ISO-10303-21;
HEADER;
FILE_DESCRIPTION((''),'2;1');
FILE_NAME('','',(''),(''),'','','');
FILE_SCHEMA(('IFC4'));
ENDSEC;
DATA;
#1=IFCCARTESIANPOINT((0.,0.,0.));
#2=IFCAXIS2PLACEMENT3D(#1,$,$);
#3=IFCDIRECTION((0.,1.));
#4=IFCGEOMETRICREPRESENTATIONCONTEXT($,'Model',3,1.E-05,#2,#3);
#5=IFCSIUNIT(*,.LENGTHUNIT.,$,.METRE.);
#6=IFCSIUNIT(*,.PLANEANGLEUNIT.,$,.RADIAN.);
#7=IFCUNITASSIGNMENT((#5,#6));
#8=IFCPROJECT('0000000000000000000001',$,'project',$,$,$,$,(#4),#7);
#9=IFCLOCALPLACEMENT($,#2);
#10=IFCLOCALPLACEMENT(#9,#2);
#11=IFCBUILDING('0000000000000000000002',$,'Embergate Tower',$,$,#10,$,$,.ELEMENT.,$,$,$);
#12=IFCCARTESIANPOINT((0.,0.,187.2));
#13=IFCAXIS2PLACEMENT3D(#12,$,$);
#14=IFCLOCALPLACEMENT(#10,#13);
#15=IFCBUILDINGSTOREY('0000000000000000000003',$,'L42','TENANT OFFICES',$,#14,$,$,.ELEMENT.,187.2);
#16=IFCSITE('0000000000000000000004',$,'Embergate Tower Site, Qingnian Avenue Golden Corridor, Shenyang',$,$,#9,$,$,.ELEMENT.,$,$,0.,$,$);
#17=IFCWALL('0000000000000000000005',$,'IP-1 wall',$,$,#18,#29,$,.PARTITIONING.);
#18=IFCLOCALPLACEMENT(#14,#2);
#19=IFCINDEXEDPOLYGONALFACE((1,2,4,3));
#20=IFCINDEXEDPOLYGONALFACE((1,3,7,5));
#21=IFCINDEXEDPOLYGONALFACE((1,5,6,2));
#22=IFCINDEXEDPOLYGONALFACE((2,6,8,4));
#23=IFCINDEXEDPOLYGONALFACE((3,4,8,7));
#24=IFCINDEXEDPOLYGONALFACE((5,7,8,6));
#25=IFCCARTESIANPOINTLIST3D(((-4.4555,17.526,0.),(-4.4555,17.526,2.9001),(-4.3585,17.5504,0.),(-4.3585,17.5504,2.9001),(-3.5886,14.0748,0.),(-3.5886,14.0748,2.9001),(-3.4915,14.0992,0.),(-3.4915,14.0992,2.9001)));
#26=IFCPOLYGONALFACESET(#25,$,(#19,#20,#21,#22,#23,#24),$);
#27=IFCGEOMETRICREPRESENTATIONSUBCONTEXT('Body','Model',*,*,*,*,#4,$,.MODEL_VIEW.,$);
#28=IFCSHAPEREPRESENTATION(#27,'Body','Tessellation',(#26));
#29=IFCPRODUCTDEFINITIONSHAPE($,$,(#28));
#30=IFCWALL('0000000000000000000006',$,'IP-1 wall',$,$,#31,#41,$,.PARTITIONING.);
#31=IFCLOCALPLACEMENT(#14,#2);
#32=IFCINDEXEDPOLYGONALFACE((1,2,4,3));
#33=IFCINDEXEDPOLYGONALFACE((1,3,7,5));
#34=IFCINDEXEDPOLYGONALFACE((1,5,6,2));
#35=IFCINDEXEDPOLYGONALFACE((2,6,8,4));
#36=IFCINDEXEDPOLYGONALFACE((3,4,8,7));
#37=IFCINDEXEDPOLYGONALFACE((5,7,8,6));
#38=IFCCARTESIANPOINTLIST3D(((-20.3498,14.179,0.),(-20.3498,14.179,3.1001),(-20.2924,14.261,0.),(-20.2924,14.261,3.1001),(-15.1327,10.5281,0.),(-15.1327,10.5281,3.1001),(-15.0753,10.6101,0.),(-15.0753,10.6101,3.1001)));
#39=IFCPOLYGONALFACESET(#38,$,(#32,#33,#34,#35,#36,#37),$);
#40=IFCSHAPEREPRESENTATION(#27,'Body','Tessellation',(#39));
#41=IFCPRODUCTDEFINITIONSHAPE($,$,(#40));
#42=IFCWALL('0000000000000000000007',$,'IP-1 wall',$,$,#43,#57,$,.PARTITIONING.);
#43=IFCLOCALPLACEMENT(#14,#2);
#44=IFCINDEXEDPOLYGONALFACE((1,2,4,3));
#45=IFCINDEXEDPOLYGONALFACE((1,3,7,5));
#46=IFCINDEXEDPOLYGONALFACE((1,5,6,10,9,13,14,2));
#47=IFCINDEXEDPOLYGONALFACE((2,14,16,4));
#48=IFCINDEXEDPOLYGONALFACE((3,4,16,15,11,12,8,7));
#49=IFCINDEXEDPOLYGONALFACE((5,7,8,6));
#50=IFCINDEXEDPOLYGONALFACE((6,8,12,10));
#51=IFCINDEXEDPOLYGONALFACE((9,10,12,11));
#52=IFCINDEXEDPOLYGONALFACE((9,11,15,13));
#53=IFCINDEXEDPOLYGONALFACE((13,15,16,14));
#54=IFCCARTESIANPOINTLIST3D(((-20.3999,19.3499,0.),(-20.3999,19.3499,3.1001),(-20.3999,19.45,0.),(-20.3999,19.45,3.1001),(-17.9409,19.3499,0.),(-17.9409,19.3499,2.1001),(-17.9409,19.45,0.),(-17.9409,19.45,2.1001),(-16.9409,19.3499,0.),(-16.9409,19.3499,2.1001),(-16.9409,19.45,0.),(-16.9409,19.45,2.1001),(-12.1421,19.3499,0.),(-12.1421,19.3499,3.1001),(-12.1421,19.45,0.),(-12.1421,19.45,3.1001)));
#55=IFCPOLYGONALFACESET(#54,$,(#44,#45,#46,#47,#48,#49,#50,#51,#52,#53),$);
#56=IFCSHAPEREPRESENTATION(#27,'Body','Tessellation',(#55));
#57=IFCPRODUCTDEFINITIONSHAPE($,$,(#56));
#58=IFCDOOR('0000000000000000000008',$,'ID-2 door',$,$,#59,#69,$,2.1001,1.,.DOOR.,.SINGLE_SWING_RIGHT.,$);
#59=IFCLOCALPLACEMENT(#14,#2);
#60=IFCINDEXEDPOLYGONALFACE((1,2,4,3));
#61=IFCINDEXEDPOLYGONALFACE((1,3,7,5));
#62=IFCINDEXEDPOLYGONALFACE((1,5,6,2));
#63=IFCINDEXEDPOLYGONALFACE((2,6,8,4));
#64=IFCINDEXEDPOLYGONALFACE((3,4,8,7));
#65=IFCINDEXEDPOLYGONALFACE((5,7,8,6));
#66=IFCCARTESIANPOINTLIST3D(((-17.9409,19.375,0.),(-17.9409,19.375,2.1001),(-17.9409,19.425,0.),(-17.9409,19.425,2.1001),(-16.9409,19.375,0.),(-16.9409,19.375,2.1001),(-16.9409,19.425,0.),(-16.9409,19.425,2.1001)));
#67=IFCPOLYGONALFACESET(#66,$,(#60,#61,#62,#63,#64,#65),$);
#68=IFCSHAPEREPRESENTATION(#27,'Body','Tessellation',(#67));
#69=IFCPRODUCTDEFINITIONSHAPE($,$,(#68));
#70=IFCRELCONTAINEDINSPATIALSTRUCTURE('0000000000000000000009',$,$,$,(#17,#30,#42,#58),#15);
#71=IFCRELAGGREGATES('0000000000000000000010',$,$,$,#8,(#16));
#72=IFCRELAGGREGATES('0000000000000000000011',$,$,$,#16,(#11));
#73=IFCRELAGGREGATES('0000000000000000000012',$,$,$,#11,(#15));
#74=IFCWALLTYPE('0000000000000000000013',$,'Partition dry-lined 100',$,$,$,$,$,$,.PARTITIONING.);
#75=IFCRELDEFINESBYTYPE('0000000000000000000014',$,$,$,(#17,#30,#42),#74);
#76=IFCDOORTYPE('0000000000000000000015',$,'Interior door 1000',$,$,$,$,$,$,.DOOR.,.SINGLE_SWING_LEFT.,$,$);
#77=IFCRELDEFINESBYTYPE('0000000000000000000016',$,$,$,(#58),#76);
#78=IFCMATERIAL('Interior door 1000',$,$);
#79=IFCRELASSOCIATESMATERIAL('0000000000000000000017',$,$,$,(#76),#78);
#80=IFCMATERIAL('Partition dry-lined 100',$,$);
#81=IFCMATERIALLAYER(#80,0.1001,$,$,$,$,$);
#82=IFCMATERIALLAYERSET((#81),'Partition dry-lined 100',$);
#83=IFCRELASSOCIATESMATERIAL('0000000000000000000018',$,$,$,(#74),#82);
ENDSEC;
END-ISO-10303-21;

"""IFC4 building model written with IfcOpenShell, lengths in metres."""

from ifc_helpers import new_model, si_unit, direction, frame, frame_2d, origin, place, context, subcontext, project, spatial, rectangle, extrude, source, transform, mapped, material, layer, layer_set, type_object, element, fill, save


model = new_model("IFC4")

# Units and contexts
model_context = context("Model", 3, precision=1e-05, world=origin(), true_north=direction((0.0, 1.0)))
body_context = subcontext(model_context, "Body", "Model", "MODEL_VIEW")
ifc_project = project(units=[si_unit("LENGTHUNIT", "METRE"), si_unit("PLANEANGLEUNIT", "RADIAN")], contexts=[model_context])

# Site, building, storey
site_placement = place(None, origin())
site = spatial("IfcSite", under=ifc_project, at=site_placement, Name="Embergate Tower Site, Qingnian Avenue Golden Corridor, Shenyang", CompositionType="ELEMENT", RefElevation=0.0)
building_placement = place(site_placement, origin())
building = spatial("IfcBuilding", under=site, at=building_placement, Name="Embergate Tower", CompositionType="ELEMENT")
storey_placement = place(building_placement, frame((0.0, 0.0, 187.2)))
storey = spatial("IfcBuildingStorey", under=building, at=storey_placement, Name="L42", Description="TENANT OFFICES", CompositionType="ELEMENT", Elevation=187.2)

# Shared definitions
ifc_material_1 = material(Name="Interior door 1000")
door_type_1 = type_object("IfcDoorType", Name="Interior door 1000", OperationType="SINGLE_SWING_LEFT", PredefinedType="DOOR", material=ifc_material_1)
shared_shape_1 = source(origin(), body_context, "Body", "SweptSolid", [
    extrude(rectangle(XDim=1.0, YDim=2.1001, at=frame_2d((0.5, 1.05))), frame((0.0, 0.0249, 0.0), z_axis=(0.0, -1.0, 0.0), x_axis=(1.0, 0.0, 0.0)), (0.0, 0.0, 1.0), 0.05),
])

# Walls
ifc_material_2 = material(Name="Partition dry-lined 100")
ifc_layer_1 = layer(ifc_material_2, 0.1001)
ifc_layer_set_1 = layer_set([ifc_layer_1], Name="Partition dry-lined 100")
wall_type_1 = type_object("IfcWallType", Name="Partition dry-lined 100", PredefinedType="PARTITIONING", material=ifc_layer_set_1)
shared_shape_2 = source(origin(), body_context, "Body", "SweptSolid", [
    extrude(rectangle(XDim=3.5583, YDim=0.1001, at=frame_2d((1.7793, 0.0))), origin(), (0.0, 0.0, 1.0), 2.9001),
])
wall_1_placement = place(storey_placement, frame((-3.54, 14.0869, 0.0), z_axis=(0.0, 0.0, 1.0), x_axis=(-0.243633, 0.969867, 0.0)))
element("IfcWall", 1, at=wall_1_placement, inside=storey, type_object=wall_type_1, Name="IP-1 wall", PredefinedType="PARTITIONING", context=body_context, shape_type="MappedRepresentation", body=[
    mapped(shared_shape_2, transform((0.0, 0.0, 0.0))),
])
shared_shape_3 = source(origin(), body_context, "Body", "SweptSolid", [
    extrude(rectangle(XDim=6.3677, YDim=0.1001, at=frame_2d((3.1838, 0.0))), origin(), (0.0, 0.0, 1.0), 3.1001),
])
wall_2_placement = place(storey_placement, frame((-15.104, 10.5691, 0.0), z_axis=(0.0, 0.0, 1.0), x_axis=(-0.819309, 0.573352, 0.0)))
element("IfcWall", 2, at=wall_2_placement, inside=storey, type_object=wall_type_1, Name="IP-1 wall", PredefinedType="PARTITIONING", context=body_context, shape_type="MappedRepresentation", body=[
    mapped(shared_shape_3, transform((0.0, 0.0, 0.0))),
])

# Wall, opening, door
shared_shape_4 = source(origin(), body_context, "Body", "SweptSolid", [
    extrude(rectangle(XDim=8.2578, YDim=0.1001, at=frame_2d((4.1289, 0.0))), origin(), (0.0, 0.0, 1.0), 3.1001),
])
wall_3_placement = place(storey_placement, frame((-12.1421, 19.3999, 0.0), z_axis=(0.0, 0.0, 1.0), x_axis=(-1.0, 0.0, 0.0)))
wall_3 = element("IfcWall", 3, at=wall_3_placement, inside=storey, type_object=wall_type_1, Name="IP-1 wall", PredefinedType="PARTITIONING", context=body_context, shape_type="MappedRepresentation", body=[
    mapped(shared_shape_4, transform((0.0, 0.0, 0.0))),
])
shared_shape_5 = source(origin(), body_context, "Body", "SweptSolid", [
    extrude(rectangle(XDim=1.0, YDim=2.1001, at=frame_2d((0.5, 1.05))), frame((0.0, 0.0601, 0.0), z_axis=(0.0, -1.0, 0.0), x_axis=(1.0, 0.0, 0.0)), (0.0, 0.0, 1.0), 0.1201),
])
opening_1_placement = place(wall_3_placement, frame((4.7988, 0.0, 0.0)))
opening_1 = element("IfcOpeningElement", 4, at=opening_1_placement, cuts=wall_3, PredefinedType="OPENING", context=body_context, shape_type="MappedRepresentation", body=[
    mapped(shared_shape_5, transform((0.0, 0.0, 0.0))),
])
door_1_placement = place(opening_1_placement, origin())
door_1 = element("IfcDoor", 5, at=door_1_placement, inside=storey, type_object=door_type_1, Name="ID-2 door", OperationType="SINGLE_SWING_RIGHT", OverallHeight=2.1001, OverallWidth=1.0, PredefinedType="DOOR", context=body_context, shape_type="MappedRepresentation", body=[
    mapped(shared_shape_1, transform((0.0, 0.0, 0.0))),
])
fill(opening_1, door_1)

save(model, "model.ifc")
